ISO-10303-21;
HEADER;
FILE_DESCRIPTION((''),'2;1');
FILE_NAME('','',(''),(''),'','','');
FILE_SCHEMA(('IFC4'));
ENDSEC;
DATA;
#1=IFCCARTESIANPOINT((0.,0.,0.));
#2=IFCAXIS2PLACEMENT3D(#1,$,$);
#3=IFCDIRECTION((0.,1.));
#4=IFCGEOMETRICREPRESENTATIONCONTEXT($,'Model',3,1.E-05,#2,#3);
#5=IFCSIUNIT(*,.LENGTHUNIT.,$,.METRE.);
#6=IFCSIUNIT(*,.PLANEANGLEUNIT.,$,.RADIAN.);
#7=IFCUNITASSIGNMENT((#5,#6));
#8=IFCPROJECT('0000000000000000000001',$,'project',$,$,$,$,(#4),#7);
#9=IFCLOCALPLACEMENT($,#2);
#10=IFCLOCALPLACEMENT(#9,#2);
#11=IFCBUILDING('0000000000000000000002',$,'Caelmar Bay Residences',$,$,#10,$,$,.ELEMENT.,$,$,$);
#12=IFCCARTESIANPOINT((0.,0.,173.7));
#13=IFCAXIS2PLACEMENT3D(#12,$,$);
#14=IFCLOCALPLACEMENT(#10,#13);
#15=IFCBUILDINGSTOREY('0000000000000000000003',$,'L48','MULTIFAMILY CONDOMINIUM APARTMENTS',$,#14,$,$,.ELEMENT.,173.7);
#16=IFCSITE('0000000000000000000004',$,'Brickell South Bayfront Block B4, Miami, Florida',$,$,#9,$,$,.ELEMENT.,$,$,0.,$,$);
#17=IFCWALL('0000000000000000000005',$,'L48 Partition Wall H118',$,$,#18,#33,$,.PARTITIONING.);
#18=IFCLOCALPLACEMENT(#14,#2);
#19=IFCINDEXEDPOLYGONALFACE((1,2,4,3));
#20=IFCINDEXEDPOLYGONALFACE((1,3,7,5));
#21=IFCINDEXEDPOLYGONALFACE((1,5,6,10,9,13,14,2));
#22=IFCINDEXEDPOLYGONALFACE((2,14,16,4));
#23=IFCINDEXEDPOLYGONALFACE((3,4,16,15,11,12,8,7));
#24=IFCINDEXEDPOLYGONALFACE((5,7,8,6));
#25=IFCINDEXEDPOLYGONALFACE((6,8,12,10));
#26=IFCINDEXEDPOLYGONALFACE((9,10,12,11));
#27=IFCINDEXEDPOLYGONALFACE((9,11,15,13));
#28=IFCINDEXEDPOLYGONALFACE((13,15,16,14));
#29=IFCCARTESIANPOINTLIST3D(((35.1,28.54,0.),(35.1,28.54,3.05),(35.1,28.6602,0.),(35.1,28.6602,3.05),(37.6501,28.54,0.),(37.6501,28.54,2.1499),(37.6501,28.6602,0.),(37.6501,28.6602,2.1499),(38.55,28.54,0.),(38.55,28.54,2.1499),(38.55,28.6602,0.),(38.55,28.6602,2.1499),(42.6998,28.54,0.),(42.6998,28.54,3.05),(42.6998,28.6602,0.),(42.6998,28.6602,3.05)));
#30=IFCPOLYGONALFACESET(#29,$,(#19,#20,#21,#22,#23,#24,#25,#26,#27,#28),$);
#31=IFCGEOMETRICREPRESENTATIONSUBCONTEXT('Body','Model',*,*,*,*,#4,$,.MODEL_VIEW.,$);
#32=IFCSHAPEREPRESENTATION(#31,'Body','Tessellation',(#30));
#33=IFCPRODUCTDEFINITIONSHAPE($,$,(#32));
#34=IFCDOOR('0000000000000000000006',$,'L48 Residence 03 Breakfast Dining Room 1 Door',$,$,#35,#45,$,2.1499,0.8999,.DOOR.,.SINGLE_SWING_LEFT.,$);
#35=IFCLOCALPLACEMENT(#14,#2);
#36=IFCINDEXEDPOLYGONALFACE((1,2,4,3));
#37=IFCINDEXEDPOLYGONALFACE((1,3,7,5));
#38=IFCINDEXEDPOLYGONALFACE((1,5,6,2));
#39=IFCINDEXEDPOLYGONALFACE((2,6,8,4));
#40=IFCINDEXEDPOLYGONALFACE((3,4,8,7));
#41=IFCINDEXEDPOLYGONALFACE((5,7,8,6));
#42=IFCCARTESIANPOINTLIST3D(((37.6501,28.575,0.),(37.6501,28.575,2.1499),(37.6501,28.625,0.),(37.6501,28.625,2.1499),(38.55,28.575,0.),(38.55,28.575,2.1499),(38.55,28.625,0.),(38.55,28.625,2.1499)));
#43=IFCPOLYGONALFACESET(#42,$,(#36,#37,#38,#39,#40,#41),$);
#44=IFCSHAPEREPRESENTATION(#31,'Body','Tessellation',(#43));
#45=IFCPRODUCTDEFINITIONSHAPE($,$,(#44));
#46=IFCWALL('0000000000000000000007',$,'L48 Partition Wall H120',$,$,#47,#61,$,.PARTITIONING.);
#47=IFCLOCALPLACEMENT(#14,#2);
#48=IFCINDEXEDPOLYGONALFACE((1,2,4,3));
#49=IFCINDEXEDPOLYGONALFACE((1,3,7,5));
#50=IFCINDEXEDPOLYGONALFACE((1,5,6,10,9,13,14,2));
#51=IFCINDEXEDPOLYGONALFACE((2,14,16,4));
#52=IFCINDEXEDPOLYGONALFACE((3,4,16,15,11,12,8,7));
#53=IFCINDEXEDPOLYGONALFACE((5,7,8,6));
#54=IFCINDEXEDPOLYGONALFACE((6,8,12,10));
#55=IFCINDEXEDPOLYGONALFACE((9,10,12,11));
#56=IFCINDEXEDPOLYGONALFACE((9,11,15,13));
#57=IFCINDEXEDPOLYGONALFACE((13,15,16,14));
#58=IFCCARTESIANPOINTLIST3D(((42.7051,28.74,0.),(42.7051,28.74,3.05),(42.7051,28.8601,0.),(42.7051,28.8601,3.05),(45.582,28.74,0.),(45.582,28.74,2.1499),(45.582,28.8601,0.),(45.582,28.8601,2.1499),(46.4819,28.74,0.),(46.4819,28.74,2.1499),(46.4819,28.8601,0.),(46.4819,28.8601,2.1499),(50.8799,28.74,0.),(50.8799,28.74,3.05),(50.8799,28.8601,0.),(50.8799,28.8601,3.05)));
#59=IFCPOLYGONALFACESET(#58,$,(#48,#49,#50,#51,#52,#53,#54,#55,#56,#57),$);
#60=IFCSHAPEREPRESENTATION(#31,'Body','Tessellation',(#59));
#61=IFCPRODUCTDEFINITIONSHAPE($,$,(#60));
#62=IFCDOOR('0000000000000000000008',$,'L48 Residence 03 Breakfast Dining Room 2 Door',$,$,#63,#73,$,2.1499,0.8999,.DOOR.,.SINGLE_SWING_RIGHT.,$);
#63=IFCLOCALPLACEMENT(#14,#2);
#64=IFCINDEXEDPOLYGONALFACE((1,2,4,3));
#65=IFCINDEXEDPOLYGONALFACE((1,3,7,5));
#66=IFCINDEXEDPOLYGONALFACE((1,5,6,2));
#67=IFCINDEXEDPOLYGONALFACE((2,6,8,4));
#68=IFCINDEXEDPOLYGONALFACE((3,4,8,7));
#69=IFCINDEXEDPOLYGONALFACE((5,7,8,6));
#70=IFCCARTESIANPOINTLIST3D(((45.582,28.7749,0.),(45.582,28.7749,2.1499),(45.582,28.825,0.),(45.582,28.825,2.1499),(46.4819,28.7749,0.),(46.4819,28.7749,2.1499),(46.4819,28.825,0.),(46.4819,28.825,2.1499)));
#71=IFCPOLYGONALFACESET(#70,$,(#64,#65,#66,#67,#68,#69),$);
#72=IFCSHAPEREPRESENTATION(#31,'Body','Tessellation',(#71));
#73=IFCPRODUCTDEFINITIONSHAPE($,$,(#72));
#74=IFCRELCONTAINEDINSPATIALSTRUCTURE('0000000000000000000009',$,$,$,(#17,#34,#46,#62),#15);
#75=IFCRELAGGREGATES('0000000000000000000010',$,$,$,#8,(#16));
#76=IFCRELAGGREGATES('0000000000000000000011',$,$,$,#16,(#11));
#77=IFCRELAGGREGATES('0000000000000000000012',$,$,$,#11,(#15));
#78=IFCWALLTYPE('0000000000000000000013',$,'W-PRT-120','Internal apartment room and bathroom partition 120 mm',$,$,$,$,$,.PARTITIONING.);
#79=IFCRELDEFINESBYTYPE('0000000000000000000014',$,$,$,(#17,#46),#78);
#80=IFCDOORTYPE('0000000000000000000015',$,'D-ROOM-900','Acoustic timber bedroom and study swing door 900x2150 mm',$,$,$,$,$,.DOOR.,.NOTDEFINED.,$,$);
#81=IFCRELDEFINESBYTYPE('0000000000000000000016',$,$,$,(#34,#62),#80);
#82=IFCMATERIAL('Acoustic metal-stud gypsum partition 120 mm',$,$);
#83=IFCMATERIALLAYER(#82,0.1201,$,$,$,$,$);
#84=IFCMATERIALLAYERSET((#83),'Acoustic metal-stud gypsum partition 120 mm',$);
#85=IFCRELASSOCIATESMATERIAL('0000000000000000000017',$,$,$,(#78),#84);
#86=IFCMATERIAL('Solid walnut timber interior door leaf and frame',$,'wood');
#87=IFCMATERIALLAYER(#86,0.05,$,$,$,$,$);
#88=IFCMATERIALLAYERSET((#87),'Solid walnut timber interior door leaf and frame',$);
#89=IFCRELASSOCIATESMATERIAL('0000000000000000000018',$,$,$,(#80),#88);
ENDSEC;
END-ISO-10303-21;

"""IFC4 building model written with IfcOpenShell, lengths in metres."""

from ifc_helpers import new_model, si_unit, direction, frame, frame_2d, origin, place, context, subcontext, project, spatial, rectangle, extrude, material, layer, layer_set, type_object, element, fill, save


model = new_model("IFC4")

# Units and contexts
model_context = context("Model", 3, precision=1e-05, world=origin(), true_north=direction((0.0, 1.0)))
body_context = subcontext(model_context, "Body", "Model", "MODEL_VIEW")
ifc_project = project(units=[si_unit("LENGTHUNIT", "METRE"), si_unit("PLANEANGLEUNIT", "RADIAN")], contexts=[model_context])

# Site, building, storey
site_placement = place(None, origin())
site = spatial("IfcSite", under=ifc_project, at=site_placement, Name="Brickell South Bayfront Block B4, Miami, Florida", CompositionType="ELEMENT", RefElevation=0.0)
building_placement = place(site_placement, origin())
building = spatial("IfcBuilding", under=site, at=building_placement, Name="Caelmar Bay Residences", CompositionType="ELEMENT")
storey_placement = place(building_placement, frame((0.0, 0.0, 173.7)))
storey = spatial("IfcBuildingStorey", under=building, at=storey_placement, Name="L48", Description="MULTIFAMILY CONDOMINIUM APARTMENTS", CompositionType="ELEMENT", Elevation=173.7)

# Shared definitions
ifc_material_1 = material(Name="Acoustic metal-stud gypsum partition 120 mm")
ifc_layer_1 = layer(ifc_material_1, 0.1201)
ifc_layer_set_1 = layer_set([ifc_layer_1], Name="Acoustic metal-stud gypsum partition 120 mm")
wall_type_1 = type_object("IfcWallType", Name="W-PRT-120", Description="Internal apartment room and bathroom partition 120 mm", PredefinedType="PARTITIONING", material=ifc_layer_set_1)

# Shared definitions
ifc_material_2 = material(Name="Solid walnut timber interior door leaf and frame", Category="wood")
ifc_layer_2 = layer(ifc_material_2, 0.05)
ifc_layer_set_2 = layer_set([ifc_layer_2], Name="Solid walnut timber interior door leaf and frame")
door_type_1 = type_object("IfcDoorType", Name="D-ROOM-900", Description="Acoustic timber bedroom and study swing door 900x2150 mm", OperationType="NOTDEFINED", PredefinedType="DOOR", material=ifc_layer_set_2)

# Walls, openings, doors
wall_1_placement = place(storey_placement, frame((35.1001, 28.6001, 0.0), z_axis=(0.0, 0.0, 1.0), x_axis=(1.0, 0.0, 0.0)))
wall_1 = element("IfcWall", 1, at=wall_1_placement, inside=storey, type_object=wall_type_1, Name="L48 Partition Wall H118", PredefinedType="PARTITIONING", context=body_context, shape_type="SweptSolid", body=[
    extrude(rectangle(XDim=7.5999, YDim=0.1201, at=frame_2d((3.7998, 0.0))), origin(), (0.0, 0.0, 1.0), 3.05),
])
opening_1_placement = place(wall_1_placement, frame((2.55, 0.0, 0.0)))
opening_1 = element("IfcOpeningElement", 2, at=opening_1_placement, cuts=wall_1, PredefinedType="OPENING", context=body_context, shape_type="SweptSolid", body=[
    extrude(rectangle(XDim=0.8999, YDim=2.1499, at=frame_2d((0.45, 1.075))), frame((0.0, 0.0701, 0.0), z_axis=(0.0, -1.0, 0.0), x_axis=(1.0, 0.0, 0.0)), (0.0, 0.0, 1.0), 0.1401),
])
door_1_placement = place(opening_1_placement, origin())
door_1 = element("IfcDoor", 3, at=door_1_placement, inside=storey, type_object=door_type_1, Name="L48 Residence 03 Breakfast Dining Room 1 Door", OperationType="SINGLE_SWING_LEFT", OverallHeight=2.1499, OverallWidth=0.8999, PredefinedType="DOOR", context=body_context, shape_type="SweptSolid", body=[
    extrude(rectangle(XDim=0.8999, YDim=2.1499, at=frame_2d((0.45, 1.075))), frame((0.0, 0.0249, 0.0), z_axis=(0.0, -1.0, 0.0), x_axis=(1.0, 0.0, 0.0)), (0.0, 0.0, 1.0), 0.05),
])
fill(opening_1, door_1)
wall_2_placement = place(storey_placement, frame((42.7051, 28.8, 0.0), z_axis=(0.0, 0.0, 1.0), x_axis=(1.0, 0.0, 0.0)))
wall_2 = element("IfcWall", 4, at=wall_2_placement, inside=storey, type_object=wall_type_1, Name="L48 Partition Wall H120", PredefinedType="PARTITIONING", context=body_context, shape_type="SweptSolid", body=[
    extrude(rectangle(XDim=8.1748, YDim=0.1201, at=frame_2d((4.0874, 0.0))), origin(), (0.0, 0.0, 1.0), 3.05),
])
opening_2_placement = place(wall_2_placement, frame((2.877, 0.0, 0.0)))
opening_2 = element("IfcOpeningElement", 5, at=opening_2_placement, cuts=wall_2, PredefinedType="OPENING", context=body_context, shape_type="SweptSolid", body=[
    extrude(rectangle(XDim=0.8999, YDim=2.1499, at=frame_2d((0.45, 1.075))), frame((0.0, 0.0701, 0.0), z_axis=(0.0, -1.0, 0.0), x_axis=(1.0, 0.0, 0.0)), (0.0, 0.0, 1.0), 0.1401),
])
door_2_placement = place(opening_2_placement, origin())
door_2 = element("IfcDoor", 6, at=door_2_placement, inside=storey, type_object=door_type_1, Name="L48 Residence 03 Breakfast Dining Room 2 Door", OperationType="SINGLE_SWING_RIGHT", OverallHeight=2.1499, OverallWidth=0.8999, PredefinedType="DOOR", context=body_context, shape_type="SweptSolid", body=[
    extrude(rectangle(XDim=0.8999, YDim=2.1499, at=frame_2d((0.45, 1.075))), frame((0.0, 0.0249, 0.0), z_axis=(0.0, -1.0, 0.0), x_axis=(1.0, 0.0, 0.0)), (0.0, 0.0, 1.0), 0.05),
])
fill(opening_2, door_2)

save(model, "model.ifc")
